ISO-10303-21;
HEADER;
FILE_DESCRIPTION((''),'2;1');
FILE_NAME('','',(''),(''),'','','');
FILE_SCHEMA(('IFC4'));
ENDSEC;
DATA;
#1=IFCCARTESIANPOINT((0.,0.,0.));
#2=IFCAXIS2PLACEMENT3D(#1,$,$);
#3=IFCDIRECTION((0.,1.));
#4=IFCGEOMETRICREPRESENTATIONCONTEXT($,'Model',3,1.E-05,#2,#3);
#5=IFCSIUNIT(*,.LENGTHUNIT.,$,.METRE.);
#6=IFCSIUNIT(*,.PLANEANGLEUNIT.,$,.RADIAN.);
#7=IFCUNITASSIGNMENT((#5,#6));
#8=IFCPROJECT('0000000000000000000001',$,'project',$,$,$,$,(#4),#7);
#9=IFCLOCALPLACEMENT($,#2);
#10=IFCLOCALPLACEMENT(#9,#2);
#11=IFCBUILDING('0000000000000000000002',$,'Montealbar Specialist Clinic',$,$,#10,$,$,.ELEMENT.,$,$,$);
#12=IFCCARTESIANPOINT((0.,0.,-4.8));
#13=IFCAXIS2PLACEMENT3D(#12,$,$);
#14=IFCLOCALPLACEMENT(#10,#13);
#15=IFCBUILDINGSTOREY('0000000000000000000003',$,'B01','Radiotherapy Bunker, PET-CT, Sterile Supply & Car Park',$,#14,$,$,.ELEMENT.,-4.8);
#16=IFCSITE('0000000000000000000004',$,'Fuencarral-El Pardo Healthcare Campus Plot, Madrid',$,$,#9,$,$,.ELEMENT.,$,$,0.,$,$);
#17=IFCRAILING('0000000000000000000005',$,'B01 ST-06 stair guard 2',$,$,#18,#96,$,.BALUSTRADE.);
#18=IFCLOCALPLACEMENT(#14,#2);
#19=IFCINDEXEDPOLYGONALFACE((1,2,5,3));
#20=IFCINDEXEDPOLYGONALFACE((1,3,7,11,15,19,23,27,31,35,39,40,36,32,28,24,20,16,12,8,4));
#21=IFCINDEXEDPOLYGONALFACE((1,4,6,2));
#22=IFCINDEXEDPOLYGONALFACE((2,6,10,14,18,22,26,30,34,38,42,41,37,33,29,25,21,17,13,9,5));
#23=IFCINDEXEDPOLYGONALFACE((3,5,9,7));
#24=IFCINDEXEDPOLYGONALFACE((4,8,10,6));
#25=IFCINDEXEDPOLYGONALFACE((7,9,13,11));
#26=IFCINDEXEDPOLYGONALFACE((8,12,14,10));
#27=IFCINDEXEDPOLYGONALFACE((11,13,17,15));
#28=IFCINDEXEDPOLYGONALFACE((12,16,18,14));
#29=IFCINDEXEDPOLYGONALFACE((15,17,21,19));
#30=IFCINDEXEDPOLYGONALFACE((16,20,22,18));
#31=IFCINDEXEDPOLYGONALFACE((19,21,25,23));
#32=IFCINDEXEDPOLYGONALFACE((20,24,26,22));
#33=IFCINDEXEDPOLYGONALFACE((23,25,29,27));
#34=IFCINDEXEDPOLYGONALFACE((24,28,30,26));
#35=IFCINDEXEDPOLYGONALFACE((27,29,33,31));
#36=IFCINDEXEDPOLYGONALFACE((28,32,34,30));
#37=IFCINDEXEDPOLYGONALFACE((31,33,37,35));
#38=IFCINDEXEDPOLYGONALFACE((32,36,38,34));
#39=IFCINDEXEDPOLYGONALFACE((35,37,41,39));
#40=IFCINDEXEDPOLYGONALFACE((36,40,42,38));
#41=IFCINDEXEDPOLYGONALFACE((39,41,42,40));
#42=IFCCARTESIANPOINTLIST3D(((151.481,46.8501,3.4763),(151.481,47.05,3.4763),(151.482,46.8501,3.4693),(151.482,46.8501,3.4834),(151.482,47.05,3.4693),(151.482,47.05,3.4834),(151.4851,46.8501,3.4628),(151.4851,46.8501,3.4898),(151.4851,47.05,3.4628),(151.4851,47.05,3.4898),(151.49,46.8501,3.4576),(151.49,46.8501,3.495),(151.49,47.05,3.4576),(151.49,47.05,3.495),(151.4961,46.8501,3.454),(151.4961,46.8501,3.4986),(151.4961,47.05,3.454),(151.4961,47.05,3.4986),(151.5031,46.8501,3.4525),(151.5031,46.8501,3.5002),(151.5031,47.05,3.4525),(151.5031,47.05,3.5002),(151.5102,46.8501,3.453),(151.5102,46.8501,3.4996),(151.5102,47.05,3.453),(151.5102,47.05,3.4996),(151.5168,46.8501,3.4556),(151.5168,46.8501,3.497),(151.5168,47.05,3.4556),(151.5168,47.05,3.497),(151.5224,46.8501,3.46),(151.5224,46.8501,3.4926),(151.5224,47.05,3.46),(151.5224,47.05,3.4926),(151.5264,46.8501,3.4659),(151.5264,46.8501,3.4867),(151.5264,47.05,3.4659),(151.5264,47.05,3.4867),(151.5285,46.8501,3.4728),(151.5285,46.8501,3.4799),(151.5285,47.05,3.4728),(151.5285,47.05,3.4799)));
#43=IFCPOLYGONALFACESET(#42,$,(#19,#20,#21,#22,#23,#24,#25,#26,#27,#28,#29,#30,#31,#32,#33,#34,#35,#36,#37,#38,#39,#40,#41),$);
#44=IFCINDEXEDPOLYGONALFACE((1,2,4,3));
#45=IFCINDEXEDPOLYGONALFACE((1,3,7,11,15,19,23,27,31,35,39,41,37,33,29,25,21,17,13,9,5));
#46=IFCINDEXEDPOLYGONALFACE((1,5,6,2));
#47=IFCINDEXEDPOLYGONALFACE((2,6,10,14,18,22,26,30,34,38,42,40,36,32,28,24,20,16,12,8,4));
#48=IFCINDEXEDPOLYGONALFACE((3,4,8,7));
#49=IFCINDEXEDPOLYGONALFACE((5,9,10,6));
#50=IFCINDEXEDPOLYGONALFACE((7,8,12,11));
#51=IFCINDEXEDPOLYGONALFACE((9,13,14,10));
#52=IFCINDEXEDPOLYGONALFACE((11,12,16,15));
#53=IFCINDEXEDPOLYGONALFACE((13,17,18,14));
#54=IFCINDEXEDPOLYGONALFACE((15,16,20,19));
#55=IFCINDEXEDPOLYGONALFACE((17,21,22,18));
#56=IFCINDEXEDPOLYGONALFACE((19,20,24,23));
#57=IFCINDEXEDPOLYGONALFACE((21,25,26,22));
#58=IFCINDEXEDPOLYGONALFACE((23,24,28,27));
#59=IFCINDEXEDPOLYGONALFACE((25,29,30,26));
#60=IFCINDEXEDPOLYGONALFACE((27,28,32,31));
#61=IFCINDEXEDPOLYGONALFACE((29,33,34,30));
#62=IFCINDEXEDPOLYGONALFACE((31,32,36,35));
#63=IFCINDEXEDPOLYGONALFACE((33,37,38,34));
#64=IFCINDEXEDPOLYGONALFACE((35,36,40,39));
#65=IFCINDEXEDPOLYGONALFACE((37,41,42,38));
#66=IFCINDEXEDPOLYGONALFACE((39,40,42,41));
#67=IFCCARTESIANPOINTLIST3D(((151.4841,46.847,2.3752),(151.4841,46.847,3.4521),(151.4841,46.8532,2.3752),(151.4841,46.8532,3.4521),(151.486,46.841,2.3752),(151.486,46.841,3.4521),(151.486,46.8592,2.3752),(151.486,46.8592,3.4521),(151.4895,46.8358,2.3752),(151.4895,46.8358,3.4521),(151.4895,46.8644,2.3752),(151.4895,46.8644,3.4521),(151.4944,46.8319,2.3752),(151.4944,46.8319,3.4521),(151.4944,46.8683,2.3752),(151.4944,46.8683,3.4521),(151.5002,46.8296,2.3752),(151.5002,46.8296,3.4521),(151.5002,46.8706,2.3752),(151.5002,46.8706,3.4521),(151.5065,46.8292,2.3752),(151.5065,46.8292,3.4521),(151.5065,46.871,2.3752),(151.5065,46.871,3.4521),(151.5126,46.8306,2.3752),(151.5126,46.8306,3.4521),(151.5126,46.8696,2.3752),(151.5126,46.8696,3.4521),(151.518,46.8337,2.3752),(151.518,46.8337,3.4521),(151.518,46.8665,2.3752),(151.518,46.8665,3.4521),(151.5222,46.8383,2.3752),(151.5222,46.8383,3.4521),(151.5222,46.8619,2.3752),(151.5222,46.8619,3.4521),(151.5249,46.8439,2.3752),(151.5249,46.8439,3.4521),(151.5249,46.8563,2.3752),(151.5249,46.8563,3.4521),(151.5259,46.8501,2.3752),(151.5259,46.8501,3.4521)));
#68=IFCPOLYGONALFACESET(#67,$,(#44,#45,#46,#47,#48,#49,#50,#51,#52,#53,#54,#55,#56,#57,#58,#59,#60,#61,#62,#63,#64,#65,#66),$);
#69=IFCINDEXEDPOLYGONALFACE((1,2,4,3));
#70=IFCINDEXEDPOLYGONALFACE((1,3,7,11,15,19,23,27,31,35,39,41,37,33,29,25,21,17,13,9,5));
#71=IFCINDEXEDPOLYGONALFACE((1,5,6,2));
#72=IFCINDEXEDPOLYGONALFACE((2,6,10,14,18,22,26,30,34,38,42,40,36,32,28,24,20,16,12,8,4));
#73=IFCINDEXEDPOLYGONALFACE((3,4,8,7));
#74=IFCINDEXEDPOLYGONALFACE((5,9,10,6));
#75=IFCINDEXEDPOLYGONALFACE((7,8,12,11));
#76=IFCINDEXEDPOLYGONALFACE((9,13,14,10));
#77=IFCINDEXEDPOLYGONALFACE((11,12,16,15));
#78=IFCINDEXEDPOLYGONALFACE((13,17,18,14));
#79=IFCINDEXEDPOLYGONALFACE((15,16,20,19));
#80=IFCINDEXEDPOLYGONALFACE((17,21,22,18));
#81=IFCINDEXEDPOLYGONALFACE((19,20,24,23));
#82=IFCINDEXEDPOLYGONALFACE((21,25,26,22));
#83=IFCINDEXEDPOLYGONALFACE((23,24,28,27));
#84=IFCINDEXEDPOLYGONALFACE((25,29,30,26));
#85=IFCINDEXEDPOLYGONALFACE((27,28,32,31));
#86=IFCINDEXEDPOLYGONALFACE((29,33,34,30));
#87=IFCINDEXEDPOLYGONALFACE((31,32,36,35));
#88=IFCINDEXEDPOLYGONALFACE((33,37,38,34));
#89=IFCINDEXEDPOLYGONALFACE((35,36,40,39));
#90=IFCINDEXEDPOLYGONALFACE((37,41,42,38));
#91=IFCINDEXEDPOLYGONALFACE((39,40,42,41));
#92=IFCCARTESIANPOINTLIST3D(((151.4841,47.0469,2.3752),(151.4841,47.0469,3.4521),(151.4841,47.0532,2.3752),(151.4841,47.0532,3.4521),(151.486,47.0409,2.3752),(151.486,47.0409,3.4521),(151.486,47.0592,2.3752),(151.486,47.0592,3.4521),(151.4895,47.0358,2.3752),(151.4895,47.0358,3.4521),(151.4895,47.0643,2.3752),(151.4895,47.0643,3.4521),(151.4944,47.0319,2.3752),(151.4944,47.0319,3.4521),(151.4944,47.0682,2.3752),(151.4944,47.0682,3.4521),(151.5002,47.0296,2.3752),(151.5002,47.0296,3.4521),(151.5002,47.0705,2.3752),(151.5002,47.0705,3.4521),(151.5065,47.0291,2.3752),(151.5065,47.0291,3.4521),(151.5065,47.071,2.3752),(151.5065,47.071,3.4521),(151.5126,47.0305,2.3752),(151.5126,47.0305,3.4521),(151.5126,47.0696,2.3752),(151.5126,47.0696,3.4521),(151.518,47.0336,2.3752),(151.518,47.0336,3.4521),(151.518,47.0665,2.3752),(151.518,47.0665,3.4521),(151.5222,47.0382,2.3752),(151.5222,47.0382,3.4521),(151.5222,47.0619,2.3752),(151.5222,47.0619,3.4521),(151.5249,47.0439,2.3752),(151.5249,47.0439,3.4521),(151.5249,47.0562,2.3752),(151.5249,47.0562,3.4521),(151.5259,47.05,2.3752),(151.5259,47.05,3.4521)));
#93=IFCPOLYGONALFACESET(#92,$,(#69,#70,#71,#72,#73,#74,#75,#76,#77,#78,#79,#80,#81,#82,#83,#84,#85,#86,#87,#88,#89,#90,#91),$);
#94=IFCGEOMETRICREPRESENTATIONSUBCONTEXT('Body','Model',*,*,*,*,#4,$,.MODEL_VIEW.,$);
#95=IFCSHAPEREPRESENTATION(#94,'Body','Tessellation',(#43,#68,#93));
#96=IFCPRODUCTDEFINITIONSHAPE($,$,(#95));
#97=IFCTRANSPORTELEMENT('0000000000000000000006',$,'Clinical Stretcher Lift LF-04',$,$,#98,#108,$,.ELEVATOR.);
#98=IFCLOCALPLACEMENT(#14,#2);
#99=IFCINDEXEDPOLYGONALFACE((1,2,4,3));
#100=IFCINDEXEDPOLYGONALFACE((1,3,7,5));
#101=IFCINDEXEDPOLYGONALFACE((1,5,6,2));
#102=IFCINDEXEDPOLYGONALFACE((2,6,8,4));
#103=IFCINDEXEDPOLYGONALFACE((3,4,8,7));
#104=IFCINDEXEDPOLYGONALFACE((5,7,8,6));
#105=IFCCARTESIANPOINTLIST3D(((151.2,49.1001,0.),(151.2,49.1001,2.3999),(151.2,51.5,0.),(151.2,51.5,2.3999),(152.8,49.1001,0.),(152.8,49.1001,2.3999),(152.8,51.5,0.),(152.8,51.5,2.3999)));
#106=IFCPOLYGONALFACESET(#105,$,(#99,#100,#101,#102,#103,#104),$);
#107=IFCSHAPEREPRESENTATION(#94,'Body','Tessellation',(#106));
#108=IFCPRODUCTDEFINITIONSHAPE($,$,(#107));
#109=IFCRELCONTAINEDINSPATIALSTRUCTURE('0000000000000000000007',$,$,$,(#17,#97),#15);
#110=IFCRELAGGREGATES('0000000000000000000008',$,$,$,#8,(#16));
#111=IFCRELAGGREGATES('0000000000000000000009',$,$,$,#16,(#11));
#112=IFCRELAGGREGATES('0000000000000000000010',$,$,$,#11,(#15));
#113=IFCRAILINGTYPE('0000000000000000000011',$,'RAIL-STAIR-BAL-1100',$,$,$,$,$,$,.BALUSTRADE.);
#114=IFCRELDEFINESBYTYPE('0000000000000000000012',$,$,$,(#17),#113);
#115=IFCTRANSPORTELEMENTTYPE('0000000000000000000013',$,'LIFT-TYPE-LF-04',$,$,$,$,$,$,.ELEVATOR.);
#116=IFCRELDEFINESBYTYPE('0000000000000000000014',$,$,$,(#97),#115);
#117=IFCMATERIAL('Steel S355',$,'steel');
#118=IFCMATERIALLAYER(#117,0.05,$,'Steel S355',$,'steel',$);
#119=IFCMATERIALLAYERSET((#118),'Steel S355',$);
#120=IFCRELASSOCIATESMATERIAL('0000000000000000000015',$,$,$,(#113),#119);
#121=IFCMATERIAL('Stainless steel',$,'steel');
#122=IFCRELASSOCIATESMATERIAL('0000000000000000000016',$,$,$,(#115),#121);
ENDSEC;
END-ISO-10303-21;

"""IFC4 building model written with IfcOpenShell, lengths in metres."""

from ifc_helpers import new_model, si_unit, direction, frame, origin, origin_2d, place, context, subcontext, project, spatial, rectangle, circle, extrude, material, layer, layer_set, type_object, element, save


model = new_model("IFC4")

# Units and contexts
model_context = context("Model", 3, precision=1e-05, world=origin(), true_north=direction((0.0, 1.0)))
body_context = subcontext(model_context, "Body", "Model", "MODEL_VIEW")
ifc_project = project(units=[si_unit("LENGTHUNIT", "METRE"), si_unit("PLANEANGLEUNIT", "RADIAN")], contexts=[model_context])

# Site, building, storey
site_placement = place(None, origin())
site = spatial("IfcSite", under=ifc_project, at=site_placement, Name="Fuencarral-El Pardo Healthcare Campus Plot, Madrid", CompositionType="ELEMENT", RefElevation=0.0)
building_placement = place(site_placement, origin())
building = spatial("IfcBuilding", under=site, at=building_placement, Name="Montealbar Specialist Clinic", CompositionType="ELEMENT")
storey_placement = place(building_placement, frame((0.0, 0.0, -4.8)))
storey = spatial("IfcBuildingStorey", under=building, at=storey_placement, Name="B01", Description="Radiotherapy Bunker, PET-CT, Sterile Supply & Car Park", CompositionType="ELEMENT", Elevation=-4.8)

# Shared definitions
ifc_material_1 = material(Name="Steel S355", Category="steel")

# Railing
ifc_layer_1 = layer(ifc_material_1, 0.05, Name="Steel S355", Category="steel")
ifc_layer_set_1 = layer_set([ifc_layer_1], Name="Steel S355")
railing_type_1 = type_object("IfcRailingType", Name="RAIL-STAIR-BAL-1100", PredefinedType="BALUSTRADE", material=ifc_layer_set_1)
railing_1_placement = place(storey_placement, frame((151.5049, 46.8501, 2.4001)))
element("IfcRailing", 1, at=railing_1_placement, inside=storey, type_object=railing_type_1, Name="B01 ST-06 stair guard 2", PredefinedType="BALUSTRADE", context=body_context, shape_type="SweptSolid", body=[
    extrude(circle(Radius=0.0239, at=origin_2d()), frame((0.0, 0.0, 1.0762), z_axis=(0.0, 1.0, 0.0), x_axis=(-1.0, 0.0, 0.0)), (0.0, 0.0, 1.0), 0.2),
    extrude(circle(Radius=0.021, at=origin_2d()), frame((0.0, 0.0, -0.0249)), (0.0, 0.0, 1.0), 1.0769),
    extrude(circle(Radius=0.021, at=origin_2d()), frame((0.0, 0.2, -0.0249)), (0.0, 0.0, 1.0), 1.0769),
])

# Transport element
ifc_material_2 = material(Name="Stainless steel", Category="steel")
transport_element_type = type_object("IfcTransportElementType", Name="LIFT-TYPE-LF-04", PredefinedType="ELEVATOR", material=ifc_material_2)
transport_element_placement = place(storey_placement, frame((152.0, 50.3, 0.0), z_axis=(0.0, 0.0, 1.0), x_axis=(1.0, 0.0, 0.0)))
element("IfcTransportElement", 2, at=transport_element_placement, inside=storey, type_object=transport_element_type, Name="Clinical Stretcher Lift LF-04", PredefinedType="ELEVATOR", context=body_context, shape_type="SweptSolid", body=[
    extrude(rectangle(XDim=1.6001, YDim=2.3999, at=origin_2d()), origin(), (0.0, 0.0, 1.0), 2.3999),
])

save(model, "model.ifc")
